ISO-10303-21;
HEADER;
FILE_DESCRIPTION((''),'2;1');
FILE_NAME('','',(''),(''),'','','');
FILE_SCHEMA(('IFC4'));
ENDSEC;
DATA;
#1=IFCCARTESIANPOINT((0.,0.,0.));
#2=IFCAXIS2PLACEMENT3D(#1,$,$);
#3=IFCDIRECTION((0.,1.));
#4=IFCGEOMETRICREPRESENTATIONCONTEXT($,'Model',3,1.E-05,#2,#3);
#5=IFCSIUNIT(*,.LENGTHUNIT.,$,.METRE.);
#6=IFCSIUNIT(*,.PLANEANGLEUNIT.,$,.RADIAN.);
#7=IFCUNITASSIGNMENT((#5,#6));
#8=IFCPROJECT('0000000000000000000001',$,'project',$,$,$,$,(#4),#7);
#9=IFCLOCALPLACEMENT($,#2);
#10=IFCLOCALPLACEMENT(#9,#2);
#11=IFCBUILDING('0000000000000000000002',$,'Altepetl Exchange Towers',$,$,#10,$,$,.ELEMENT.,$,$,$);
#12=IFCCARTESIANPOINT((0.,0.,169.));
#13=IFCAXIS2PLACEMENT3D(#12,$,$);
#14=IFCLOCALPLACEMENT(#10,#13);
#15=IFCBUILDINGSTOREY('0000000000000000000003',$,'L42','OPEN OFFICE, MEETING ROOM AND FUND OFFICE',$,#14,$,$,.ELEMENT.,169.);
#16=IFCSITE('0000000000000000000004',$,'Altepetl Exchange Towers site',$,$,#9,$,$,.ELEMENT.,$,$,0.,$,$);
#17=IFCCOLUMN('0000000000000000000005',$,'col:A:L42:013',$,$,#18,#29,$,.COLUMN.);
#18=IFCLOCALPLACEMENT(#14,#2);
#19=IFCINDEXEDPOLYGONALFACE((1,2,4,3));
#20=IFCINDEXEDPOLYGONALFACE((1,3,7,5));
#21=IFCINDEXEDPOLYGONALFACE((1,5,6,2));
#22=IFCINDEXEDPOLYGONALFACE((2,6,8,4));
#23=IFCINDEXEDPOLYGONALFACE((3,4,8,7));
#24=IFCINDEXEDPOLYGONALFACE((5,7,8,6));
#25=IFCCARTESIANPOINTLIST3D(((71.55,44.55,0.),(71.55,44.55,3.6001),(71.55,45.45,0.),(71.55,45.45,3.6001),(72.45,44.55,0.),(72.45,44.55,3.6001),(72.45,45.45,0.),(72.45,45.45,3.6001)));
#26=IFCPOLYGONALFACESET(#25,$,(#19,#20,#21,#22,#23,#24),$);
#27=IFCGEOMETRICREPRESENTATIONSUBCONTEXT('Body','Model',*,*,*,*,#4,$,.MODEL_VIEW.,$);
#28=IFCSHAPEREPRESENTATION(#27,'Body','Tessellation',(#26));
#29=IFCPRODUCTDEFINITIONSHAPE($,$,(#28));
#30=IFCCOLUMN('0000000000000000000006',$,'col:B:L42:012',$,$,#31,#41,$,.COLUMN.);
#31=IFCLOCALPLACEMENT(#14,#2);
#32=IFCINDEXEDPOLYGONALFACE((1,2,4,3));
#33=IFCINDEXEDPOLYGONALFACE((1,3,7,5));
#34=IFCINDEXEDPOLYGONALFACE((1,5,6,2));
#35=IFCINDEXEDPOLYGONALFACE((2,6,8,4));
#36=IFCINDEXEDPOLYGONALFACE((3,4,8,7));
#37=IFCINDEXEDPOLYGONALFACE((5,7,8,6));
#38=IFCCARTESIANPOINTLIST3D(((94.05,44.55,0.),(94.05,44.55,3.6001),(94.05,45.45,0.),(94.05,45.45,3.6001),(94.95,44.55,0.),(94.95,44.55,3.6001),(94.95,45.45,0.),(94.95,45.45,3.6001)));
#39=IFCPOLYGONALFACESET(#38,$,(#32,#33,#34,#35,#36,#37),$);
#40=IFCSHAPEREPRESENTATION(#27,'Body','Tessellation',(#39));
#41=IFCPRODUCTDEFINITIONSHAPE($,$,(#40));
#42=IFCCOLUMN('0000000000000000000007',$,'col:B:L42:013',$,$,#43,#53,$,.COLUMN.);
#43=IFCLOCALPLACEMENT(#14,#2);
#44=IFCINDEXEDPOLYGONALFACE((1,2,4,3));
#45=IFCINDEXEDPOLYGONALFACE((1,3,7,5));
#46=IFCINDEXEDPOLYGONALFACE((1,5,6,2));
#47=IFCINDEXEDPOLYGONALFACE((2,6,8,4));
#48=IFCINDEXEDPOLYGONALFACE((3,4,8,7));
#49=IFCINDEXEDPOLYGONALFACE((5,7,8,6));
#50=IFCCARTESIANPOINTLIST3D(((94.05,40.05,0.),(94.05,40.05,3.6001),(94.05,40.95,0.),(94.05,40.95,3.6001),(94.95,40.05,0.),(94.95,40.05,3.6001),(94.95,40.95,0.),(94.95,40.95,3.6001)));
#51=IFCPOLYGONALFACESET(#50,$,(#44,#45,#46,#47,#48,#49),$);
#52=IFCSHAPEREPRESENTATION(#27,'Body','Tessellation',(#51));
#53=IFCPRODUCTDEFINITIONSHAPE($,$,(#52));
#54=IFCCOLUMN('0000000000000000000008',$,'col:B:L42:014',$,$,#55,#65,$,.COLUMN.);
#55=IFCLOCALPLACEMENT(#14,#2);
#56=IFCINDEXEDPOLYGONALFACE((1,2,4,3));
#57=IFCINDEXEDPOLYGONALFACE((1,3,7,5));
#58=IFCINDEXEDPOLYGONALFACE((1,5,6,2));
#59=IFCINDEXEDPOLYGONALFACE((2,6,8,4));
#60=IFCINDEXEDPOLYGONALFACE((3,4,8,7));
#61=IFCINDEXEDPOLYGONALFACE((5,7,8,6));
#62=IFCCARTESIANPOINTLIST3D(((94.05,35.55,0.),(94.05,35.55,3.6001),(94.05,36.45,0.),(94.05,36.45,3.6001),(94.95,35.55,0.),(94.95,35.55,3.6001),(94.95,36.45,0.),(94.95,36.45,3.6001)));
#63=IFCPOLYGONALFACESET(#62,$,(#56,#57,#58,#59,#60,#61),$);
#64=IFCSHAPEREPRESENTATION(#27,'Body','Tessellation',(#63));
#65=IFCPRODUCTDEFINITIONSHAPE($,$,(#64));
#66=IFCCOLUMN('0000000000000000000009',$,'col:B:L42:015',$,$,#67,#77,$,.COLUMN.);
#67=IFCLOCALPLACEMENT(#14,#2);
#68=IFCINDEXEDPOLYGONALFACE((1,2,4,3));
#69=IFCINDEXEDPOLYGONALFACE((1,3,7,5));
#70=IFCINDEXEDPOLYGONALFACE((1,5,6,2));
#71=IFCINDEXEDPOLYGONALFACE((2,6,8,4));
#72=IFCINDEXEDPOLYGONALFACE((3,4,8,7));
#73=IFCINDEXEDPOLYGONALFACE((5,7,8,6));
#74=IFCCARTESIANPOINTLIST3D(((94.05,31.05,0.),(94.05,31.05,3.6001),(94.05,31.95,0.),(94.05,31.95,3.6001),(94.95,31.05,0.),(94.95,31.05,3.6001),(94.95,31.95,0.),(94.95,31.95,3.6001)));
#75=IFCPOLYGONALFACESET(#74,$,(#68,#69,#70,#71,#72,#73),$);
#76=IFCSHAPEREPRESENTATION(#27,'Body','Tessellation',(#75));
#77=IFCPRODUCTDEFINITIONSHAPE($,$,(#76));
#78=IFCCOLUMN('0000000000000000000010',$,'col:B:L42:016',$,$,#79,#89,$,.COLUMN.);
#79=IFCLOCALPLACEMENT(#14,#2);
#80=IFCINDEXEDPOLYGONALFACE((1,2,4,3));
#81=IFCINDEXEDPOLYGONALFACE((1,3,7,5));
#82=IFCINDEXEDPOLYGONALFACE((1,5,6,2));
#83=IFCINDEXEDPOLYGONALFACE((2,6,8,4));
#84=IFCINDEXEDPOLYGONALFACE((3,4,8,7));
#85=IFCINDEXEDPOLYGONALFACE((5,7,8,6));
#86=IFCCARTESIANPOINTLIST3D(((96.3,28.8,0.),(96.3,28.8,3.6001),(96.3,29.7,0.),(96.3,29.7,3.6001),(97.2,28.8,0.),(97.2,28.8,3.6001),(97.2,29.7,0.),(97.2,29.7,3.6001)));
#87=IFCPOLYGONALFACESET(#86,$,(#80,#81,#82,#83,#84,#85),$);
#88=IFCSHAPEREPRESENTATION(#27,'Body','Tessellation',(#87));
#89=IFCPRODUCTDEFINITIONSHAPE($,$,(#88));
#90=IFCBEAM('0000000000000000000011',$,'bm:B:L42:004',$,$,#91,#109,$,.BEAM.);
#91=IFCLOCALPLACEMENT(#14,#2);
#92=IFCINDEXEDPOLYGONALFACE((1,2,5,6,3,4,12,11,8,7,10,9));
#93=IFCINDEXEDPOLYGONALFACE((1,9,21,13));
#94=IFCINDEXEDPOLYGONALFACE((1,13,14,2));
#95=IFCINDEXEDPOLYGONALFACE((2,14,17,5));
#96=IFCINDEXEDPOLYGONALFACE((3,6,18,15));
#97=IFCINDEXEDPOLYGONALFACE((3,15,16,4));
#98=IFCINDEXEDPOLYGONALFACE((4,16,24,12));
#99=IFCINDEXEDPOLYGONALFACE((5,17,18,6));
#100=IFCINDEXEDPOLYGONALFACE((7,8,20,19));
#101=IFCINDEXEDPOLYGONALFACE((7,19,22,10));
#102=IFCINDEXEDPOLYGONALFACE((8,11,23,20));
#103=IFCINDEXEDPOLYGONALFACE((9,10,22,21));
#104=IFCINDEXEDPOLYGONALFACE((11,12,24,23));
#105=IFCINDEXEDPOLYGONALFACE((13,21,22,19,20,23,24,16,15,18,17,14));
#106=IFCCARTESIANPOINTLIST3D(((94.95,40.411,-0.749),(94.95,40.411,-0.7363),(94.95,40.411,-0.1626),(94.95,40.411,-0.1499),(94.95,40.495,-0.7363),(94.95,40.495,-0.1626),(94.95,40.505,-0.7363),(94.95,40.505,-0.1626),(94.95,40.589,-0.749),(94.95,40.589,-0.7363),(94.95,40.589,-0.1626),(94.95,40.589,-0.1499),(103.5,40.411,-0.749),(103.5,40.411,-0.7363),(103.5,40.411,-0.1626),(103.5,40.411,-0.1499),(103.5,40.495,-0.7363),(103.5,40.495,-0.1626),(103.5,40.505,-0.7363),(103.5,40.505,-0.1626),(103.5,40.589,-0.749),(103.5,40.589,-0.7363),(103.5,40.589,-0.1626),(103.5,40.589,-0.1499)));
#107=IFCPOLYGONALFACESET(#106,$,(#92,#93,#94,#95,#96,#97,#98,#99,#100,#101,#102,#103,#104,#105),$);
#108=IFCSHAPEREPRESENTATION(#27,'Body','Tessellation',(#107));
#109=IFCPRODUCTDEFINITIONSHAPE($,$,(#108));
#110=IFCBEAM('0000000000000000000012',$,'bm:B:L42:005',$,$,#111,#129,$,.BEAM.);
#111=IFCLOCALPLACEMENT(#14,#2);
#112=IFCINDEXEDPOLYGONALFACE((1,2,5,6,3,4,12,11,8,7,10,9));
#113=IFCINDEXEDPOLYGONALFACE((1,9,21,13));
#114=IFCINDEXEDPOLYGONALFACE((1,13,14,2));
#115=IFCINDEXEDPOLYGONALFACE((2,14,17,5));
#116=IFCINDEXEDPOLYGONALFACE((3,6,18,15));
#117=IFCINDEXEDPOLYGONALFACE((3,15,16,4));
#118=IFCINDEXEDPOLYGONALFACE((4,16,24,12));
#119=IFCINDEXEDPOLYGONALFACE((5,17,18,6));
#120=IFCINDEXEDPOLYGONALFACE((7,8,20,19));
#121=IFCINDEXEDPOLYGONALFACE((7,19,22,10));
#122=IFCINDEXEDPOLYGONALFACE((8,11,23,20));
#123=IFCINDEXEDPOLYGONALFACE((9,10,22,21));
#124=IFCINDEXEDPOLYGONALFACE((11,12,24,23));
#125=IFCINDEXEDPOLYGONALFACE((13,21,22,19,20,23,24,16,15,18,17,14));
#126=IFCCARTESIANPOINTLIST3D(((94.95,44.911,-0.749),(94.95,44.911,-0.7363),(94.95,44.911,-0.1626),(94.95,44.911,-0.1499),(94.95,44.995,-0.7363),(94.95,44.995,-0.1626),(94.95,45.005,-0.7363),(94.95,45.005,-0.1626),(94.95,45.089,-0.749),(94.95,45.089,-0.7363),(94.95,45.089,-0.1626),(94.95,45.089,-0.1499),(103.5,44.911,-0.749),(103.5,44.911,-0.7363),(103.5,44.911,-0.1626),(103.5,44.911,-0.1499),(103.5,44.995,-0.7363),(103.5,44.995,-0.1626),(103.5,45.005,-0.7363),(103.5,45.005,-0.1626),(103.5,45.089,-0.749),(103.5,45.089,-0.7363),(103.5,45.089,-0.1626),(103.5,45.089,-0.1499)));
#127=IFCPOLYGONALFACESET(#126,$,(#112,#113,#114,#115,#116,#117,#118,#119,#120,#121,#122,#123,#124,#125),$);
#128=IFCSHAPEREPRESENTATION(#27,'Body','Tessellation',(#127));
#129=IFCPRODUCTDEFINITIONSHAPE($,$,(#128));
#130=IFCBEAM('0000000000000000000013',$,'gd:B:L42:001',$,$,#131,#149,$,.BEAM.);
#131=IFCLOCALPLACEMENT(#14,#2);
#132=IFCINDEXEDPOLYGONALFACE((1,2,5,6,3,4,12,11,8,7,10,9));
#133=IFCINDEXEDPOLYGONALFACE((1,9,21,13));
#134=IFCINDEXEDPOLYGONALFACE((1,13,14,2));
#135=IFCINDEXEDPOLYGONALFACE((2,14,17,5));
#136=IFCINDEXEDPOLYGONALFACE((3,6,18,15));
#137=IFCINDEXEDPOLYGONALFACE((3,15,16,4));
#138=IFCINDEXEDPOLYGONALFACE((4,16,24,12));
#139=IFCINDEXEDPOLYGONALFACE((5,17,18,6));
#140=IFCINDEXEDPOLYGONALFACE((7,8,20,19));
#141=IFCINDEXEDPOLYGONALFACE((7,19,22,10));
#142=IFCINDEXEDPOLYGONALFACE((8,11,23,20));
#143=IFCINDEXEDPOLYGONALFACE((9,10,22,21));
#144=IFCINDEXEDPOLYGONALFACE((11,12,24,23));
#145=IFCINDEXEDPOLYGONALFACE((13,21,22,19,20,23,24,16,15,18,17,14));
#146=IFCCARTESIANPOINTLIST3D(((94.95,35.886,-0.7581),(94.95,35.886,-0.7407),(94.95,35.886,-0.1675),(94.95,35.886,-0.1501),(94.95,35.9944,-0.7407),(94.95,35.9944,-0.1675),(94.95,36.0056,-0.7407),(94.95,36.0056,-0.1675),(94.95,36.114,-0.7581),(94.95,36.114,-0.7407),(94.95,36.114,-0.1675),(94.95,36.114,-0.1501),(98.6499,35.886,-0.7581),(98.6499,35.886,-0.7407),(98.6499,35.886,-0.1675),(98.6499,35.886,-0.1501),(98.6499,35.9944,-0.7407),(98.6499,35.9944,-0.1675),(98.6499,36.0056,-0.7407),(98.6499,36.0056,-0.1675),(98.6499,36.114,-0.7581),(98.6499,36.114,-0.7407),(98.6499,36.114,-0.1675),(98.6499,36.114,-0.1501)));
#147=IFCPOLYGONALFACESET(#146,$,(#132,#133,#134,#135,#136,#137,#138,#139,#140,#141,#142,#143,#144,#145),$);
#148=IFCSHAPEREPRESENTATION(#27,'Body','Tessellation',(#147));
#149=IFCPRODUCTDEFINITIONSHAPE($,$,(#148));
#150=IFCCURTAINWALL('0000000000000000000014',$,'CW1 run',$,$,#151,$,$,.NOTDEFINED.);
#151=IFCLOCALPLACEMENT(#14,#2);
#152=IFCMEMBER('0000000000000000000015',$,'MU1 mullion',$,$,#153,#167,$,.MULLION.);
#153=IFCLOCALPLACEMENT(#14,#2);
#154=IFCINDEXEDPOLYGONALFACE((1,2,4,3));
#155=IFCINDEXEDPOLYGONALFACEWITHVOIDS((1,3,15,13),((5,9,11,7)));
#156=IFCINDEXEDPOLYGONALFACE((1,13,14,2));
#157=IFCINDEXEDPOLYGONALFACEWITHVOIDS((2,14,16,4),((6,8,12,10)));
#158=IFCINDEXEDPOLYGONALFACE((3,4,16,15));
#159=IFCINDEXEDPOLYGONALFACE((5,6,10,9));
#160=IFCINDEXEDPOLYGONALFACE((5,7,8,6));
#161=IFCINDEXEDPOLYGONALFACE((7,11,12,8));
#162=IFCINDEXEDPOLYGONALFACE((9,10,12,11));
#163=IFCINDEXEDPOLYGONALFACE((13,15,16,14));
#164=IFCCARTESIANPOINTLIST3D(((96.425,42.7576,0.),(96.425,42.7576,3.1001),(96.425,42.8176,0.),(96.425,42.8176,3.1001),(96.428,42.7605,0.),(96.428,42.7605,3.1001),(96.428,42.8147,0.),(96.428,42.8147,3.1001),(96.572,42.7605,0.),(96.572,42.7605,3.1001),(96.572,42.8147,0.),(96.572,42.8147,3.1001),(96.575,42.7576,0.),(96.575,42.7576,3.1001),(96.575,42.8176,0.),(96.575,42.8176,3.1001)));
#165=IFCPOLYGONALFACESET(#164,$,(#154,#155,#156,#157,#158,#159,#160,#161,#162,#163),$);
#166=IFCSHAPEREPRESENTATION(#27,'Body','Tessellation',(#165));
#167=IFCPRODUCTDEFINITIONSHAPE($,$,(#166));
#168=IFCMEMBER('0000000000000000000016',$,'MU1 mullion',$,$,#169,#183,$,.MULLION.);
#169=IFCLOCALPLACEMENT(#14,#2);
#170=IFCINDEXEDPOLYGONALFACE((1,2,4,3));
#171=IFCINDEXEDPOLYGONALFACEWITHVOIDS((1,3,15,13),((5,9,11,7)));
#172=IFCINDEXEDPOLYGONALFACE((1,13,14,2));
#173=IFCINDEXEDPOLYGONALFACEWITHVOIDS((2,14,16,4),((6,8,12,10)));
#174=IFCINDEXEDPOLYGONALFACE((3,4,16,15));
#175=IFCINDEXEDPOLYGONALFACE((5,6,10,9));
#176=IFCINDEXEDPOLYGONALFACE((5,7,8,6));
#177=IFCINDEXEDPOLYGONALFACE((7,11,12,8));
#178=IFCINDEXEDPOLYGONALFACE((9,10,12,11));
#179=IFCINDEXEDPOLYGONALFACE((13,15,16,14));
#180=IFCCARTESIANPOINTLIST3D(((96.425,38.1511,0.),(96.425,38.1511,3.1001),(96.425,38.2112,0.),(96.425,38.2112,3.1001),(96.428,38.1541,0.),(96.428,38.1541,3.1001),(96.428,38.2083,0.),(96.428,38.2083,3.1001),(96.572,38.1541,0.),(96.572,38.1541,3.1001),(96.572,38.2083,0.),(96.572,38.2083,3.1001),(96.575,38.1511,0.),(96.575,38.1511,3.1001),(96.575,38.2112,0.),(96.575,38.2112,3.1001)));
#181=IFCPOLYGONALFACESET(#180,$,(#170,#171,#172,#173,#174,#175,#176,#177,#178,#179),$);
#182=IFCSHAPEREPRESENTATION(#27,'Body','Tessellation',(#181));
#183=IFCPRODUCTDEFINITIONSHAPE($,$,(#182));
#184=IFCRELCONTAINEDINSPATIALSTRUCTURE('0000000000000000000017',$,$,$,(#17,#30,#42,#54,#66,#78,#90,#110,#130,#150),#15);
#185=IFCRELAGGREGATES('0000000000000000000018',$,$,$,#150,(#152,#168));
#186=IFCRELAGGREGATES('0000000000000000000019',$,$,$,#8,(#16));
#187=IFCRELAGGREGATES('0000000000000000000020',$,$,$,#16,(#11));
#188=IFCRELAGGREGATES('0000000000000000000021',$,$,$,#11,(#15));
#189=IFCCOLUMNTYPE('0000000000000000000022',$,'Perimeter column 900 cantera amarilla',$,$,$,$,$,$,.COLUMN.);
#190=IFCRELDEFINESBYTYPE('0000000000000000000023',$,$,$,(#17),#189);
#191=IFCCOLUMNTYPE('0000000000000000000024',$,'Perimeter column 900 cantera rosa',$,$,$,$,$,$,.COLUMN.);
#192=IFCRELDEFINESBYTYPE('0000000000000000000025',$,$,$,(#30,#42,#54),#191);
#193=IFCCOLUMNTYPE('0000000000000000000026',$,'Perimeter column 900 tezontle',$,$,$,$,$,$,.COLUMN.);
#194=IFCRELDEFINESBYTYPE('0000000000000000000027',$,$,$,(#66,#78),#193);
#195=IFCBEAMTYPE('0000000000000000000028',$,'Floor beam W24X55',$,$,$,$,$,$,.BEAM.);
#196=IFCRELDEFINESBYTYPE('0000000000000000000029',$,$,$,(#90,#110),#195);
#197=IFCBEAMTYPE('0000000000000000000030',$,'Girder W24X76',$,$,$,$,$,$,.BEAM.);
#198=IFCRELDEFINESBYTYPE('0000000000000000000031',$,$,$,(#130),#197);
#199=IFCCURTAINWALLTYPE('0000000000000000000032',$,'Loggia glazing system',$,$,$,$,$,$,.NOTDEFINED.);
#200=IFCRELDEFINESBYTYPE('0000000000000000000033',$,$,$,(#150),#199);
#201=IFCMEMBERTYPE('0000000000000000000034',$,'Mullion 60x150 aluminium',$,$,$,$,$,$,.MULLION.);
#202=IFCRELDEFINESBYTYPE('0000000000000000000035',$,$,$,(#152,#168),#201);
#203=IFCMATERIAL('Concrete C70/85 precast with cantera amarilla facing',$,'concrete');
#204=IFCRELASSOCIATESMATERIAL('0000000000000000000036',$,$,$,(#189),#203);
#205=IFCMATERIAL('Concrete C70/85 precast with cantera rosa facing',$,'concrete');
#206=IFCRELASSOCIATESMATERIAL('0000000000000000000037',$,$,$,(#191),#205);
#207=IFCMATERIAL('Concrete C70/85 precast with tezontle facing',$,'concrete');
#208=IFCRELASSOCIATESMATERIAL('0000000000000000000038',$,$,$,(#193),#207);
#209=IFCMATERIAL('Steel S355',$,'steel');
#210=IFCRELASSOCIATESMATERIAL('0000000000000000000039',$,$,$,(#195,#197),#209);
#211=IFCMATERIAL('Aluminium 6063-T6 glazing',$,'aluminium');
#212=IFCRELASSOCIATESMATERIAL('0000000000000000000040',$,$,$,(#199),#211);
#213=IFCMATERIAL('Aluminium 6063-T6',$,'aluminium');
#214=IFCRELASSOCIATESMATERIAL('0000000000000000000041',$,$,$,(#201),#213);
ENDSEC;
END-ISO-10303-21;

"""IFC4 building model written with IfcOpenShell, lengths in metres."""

from ifc_helpers import new_model, si_unit, direction, frame, origin, origin_2d, place, context, subcontext, project, spatial, rectangle, hollow_rectangle, i_section, extrude, material, material_profile, profile_set, type_object, element, aggregate, save


model = new_model("IFC4")

# Units and contexts
model_context = context("Model", 3, precision=1e-05, world=origin(), true_north=direction((0.0, 1.0)))
body_context = subcontext(model_context, "Body", "Model", "MODEL_VIEW")
ifc_project = project(units=[si_unit("LENGTHUNIT", "METRE"), si_unit("PLANEANGLEUNIT", "RADIAN")], contexts=[model_context])

# Site, building, storey
site_placement = place(None, origin())
site = spatial("IfcSite", under=ifc_project, at=site_placement, Name="Altepetl Exchange Towers site", CompositionType="ELEMENT", RefElevation=0.0)
building_placement = place(site_placement, origin())
building = spatial("IfcBuilding", under=site, at=building_placement, Name="Altepetl Exchange Towers", CompositionType="ELEMENT")
storey_placement = place(building_placement, frame((0.0, 0.0, 169.0)))
storey = spatial("IfcBuildingStorey", under=building, at=storey_placement, Name="L42", Description="OPEN OFFICE, MEETING ROOM AND FUND OFFICE", CompositionType="ELEMENT", Elevation=169.0)

# Columns
ifc_material_1 = material(Name="Concrete C70/85 precast with cantera amarilla facing", Category="concrete")
ifc_material_profile_1 = material_profile(ifc_material_1, rectangle(XDim=0.8999, YDim=0.8999, at=origin_2d()), Name="900 x 900")
ifc_profile_set_1 = profile_set([ifc_material_profile_1], Name="Concrete C70/85 precast with cantera amarilla facing")
column_type_1 = type_object("IfcColumnType", Name="Perimeter column 900 cantera amarilla", PredefinedType="COLUMN", material=ifc_profile_set_1)
column_placement = place(storey_placement, frame((72.0, 45.0, 0.0)))
element("IfcColumn", 1, at=column_placement, inside=storey, type_object=column_type_1, Name="col:A:L42:013", PredefinedType="COLUMN", context=body_context, shape_type="SweptSolid", body=[
    extrude(rectangle(XDim=0.8999, YDim=0.8999, at=origin_2d()), origin(), (0.0, 0.0, 1.0), 3.6001),
])
ifc_material_2 = material(Name="Concrete C70/85 precast with cantera rosa facing", Category="concrete")
ifc_material_profile_2 = material_profile(ifc_material_2, rectangle(XDim=0.8999, YDim=0.8999, at=origin_2d()), Name="900 x 900")
ifc_profile_set_2 = profile_set([ifc_material_profile_2], Name="Concrete C70/85 precast with cantera rosa facing")
column_type_2 = type_object("IfcColumnType", Name="Perimeter column 900 cantera rosa", PredefinedType="COLUMN", material=ifc_profile_set_2)
for number, where, name in (
    (2, (94.5, 45.0, 0.0), "col:B:L42:012"),
    (3, (94.5, 40.5, 0.0), "col:B:L42:013"),
    (4, (94.5, 36.0, 0.0), "col:B:L42:014"),
):
    element("IfcColumn", number, at=place(storey_placement, frame(where)), inside=storey, type_object=column_type_2, Name=name, PredefinedType="COLUMN", context=body_context, shape_type="SweptSolid", body=[
        extrude(rectangle(XDim=0.8999, YDim=0.8999, at=origin_2d()), origin(), (0.0, 0.0, 1.0), 3.6001),
    ])
ifc_material_3 = material(Name="Concrete C70/85 precast with tezontle facing", Category="concrete")
ifc_material_profile_3 = material_profile(ifc_material_3, rectangle(XDim=0.8999, YDim=0.8999, at=origin_2d()), Name="900 x 900")
ifc_profile_set_3 = profile_set([ifc_material_profile_3], Name="Concrete C70/85 precast with tezontle facing")
column_type_3 = type_object("IfcColumnType", Name="Perimeter column 900 tezontle", PredefinedType="COLUMN", material=ifc_profile_set_3)
for number, where, name in (
    (5, (94.5, 31.5, 0.0), "col:B:L42:015"),
    (6, (96.75, 29.25, 0.0), "col:B:L42:016"),
):
    element("IfcColumn", number, at=place(storey_placement, frame(where)), inside=storey, type_object=column_type_3, Name=name, PredefinedType="COLUMN", context=body_context, shape_type="SweptSolid", body=[
        extrude(rectangle(XDim=0.8999, YDim=0.8999, at=origin_2d()), origin(), (0.0, 0.0, 1.0), 3.6001),
    ])

# Beams
ifc_material_4 = material(Name="Steel S355", Category="steel")
ifc_material_profile_4 = material_profile(ifc_material_4, i_section(OverallWidth=0.178, OverallDepth=0.5991, WebThickness=0.01, FlangeThickness=0.0127, at=origin_2d()), Name="W24X55")
ifc_profile_set_4 = profile_set([ifc_material_profile_4], Name="Steel S355")
beam_type_1 = type_object("IfcBeamType", Name="Floor beam W24X55", PredefinedType="BEAM", material=ifc_profile_set_4)
for number, where, z_axis, x_axis, name in (
    (7, (94.95, 40.5, -0.4495), (1.0, 0.0, 0.0), (0.0, 1.0, 0.0), "bm:B:L42:004"),
    (8, (94.95, 45.0, -0.4495), (1.0, 0.0, 0.0), (0.0, 1.0, 0.0), "bm:B:L42:005"),
):
    element("IfcBeam", number, at=place(storey_placement, frame(where, z_axis=z_axis, x_axis=x_axis)), inside=storey, type_object=beam_type_1, Name=name, PredefinedType="BEAM", context=body_context, shape_type="SweptSolid", body=[
        extrude(i_section(OverallWidth=0.178, OverallDepth=0.5991, WebThickness=0.01, FlangeThickness=0.0127, at=origin_2d()), origin(), (0.0, 0.0, 1.0), 8.55),
    ])
ifc_material_profile_5 = material_profile(ifc_material_4, i_section(OverallWidth=0.228, OverallDepth=0.6079, WebThickness=0.0112, FlangeThickness=0.0173, at=origin_2d()), Name="W24X76")
ifc_profile_set_5 = profile_set([ifc_material_profile_5], Name="Steel S355")
beam_type_2 = type_object("IfcBeamType", Name="Girder W24X76", PredefinedType="BEAM", material=ifc_profile_set_5)
beam_1_placement = place(storey_placement, frame((98.6499, 36.0, -0.4541), z_axis=(-1.0, 0.0, 0.0), x_axis=(0.0, -1.0, 0.0)))
element("IfcBeam", 9, at=beam_1_placement, inside=storey, type_object=beam_type_2, Name="gd:B:L42:001", PredefinedType="BEAM", context=body_context, shape_type="SweptSolid", body=[
    extrude(i_section(OverallWidth=0.228, OverallDepth=0.6079, WebThickness=0.0112, FlangeThickness=0.0173, at=origin_2d()), origin(), (0.0, 0.0, 1.0), 3.7),
])

# Curtain wall, members
ifc_material_5 = material(Name="Aluminium 6063-T6 glazing", Category="aluminium")
curtain_wall_type = type_object("IfcCurtainWallType", Name="Loggia glazing system", PredefinedType="NOTDEFINED", material=ifc_material_5)
curtain_wall_1_placement = place(storey_placement, origin())
curtain_wall_1 = element("IfcCurtainWall", 10, at=curtain_wall_1_placement, inside=storey, type_object=curtain_wall_type, Name="CW1 run", PredefinedType="NOTDEFINED")
ifc_material_6 = material(Name="Aluminium 6063-T6", Category="aluminium")
ifc_material_profile_6 = material_profile(ifc_material_6, hollow_rectangle(XDim=0.0601, YDim=0.1499, WallThickness=0.0029, at=origin_2d()), Name="Mullion 60x150 aluminium")
ifc_profile_set_6 = profile_set([ifc_material_profile_6], Name="Aluminium 6063-T6")
member_type = type_object("IfcMemberType", Name="Mullion 60x150 aluminium", PredefinedType="MULLION", material=ifc_profile_set_6)
member_1_placement = place(storey_placement, frame((96.5, 42.7876, 0.0), z_axis=(0.0, 0.0, 1.0), x_axis=(0.0, -1.0, 0.0)))
member_1 = element("IfcMember", 11, at=member_1_placement, type_object=member_type, Name="MU1 mullion", PredefinedType="MULLION", context=body_context, shape_type="SweptSolid", body=[
    extrude(hollow_rectangle(XDim=0.0601, YDim=0.1499, WallThickness=0.0029, at=origin_2d()), origin(), (0.0, 0.0, 1.0), 3.1001),
])
member_2_placement = place(storey_placement, frame((96.5, 38.1812, 0.0), z_axis=(0.0, 0.0, 1.0), x_axis=(0.0, -1.0, 0.0)))
member_2 = element("IfcMember", 12, at=member_2_placement, type_object=member_type, Name="MU1 mullion", PredefinedType="MULLION", context=body_context, shape_type="SweptSolid", body=[
    extrude(hollow_rectangle(XDim=0.0601, YDim=0.1499, WallThickness=0.0029, at=origin_2d()), origin(), (0.0, 0.0, 1.0), 3.1001),
])

aggregate(curtain_wall_1, [member_1, member_2])

save(model, "model.ifc")
